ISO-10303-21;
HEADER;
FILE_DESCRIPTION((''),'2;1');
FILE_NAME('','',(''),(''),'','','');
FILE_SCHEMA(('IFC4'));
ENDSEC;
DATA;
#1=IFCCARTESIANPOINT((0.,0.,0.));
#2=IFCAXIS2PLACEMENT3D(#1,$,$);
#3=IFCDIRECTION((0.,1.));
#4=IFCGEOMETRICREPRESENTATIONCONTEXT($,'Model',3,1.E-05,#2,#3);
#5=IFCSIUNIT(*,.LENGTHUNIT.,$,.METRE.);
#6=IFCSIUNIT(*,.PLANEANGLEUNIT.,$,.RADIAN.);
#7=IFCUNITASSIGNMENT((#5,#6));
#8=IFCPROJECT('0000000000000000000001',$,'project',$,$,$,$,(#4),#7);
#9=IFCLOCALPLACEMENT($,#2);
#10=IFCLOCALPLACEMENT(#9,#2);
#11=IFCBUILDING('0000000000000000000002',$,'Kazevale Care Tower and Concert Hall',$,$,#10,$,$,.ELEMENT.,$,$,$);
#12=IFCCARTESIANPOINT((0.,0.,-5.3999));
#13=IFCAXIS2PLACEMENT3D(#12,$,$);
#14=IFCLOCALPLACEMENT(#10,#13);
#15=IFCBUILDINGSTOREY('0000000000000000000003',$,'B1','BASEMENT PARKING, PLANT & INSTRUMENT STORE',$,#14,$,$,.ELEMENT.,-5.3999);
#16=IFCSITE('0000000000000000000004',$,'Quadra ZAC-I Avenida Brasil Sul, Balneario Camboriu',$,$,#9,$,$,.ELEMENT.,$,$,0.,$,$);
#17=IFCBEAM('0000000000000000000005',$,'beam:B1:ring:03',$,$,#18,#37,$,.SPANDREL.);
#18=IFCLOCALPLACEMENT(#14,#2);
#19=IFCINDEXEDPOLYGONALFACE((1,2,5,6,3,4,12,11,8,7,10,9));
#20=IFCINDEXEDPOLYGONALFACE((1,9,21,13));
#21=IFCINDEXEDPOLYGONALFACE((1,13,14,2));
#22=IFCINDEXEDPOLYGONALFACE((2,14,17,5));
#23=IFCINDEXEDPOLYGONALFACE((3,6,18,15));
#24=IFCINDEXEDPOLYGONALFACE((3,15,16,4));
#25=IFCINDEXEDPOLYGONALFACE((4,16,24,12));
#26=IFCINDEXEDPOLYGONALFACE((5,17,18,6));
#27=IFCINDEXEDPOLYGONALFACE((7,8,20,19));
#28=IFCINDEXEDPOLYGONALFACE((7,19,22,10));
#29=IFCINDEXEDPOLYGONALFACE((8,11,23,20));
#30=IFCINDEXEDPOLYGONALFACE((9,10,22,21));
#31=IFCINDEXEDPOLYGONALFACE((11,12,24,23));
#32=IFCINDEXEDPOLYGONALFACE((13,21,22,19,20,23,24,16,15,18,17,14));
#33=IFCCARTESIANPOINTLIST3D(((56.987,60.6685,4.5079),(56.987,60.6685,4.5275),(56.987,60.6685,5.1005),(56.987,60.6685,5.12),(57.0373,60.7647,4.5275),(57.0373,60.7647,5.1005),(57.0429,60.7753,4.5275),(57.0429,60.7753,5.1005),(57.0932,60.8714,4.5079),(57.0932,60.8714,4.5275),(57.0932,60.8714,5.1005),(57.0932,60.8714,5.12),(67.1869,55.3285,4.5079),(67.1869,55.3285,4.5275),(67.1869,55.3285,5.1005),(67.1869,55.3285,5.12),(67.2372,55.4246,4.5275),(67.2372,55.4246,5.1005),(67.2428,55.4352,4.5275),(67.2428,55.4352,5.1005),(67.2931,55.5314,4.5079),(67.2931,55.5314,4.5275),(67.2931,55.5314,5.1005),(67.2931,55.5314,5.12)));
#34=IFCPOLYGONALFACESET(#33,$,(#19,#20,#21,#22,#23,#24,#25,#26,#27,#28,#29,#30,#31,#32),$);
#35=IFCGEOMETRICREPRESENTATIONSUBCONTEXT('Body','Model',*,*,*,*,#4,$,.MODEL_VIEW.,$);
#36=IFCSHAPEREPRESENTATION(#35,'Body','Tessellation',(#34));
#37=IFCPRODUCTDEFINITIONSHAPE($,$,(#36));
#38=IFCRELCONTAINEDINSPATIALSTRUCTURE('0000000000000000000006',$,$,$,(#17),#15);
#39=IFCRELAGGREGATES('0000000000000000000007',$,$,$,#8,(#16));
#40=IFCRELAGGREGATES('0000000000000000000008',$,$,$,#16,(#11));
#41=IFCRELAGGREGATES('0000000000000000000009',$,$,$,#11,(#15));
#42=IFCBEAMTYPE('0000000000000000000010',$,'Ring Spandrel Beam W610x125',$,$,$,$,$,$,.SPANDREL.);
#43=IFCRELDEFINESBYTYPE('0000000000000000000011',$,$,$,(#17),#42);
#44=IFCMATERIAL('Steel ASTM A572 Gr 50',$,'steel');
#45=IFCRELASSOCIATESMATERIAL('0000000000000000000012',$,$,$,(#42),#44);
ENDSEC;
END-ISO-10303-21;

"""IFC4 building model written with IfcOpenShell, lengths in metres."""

from ifc_helpers import new_model, si_unit, direction, frame, origin, origin_2d, place, context, subcontext, project, spatial, i_section, extrude, material, material_profile, profile_set, type_object, element, save


model = new_model("IFC4")

# Units and contexts
model_context = context("Model", 3, precision=1e-05, world=origin(), true_north=direction((0.0, 1.0)))
body_context = subcontext(model_context, "Body", "Model", "MODEL_VIEW")
ifc_project = project(units=[si_unit("LENGTHUNIT", "METRE"), si_unit("PLANEANGLEUNIT", "RADIAN")], contexts=[model_context])

# Site, building, storey
site_placement = place(None, origin())
site = spatial("IfcSite", under=ifc_project, at=site_placement, Name="Quadra ZAC-I Avenida Brasil Sul, Balneario Camboriu", CompositionType="ELEMENT", RefElevation=0.0)
building_placement = place(site_placement, origin())
building = spatial("IfcBuilding", under=site, at=building_placement, Name="Kazevale Care Tower and Concert Hall", CompositionType="ELEMENT")
storey_placement = place(building_placement, frame((0.0, 0.0, -5.3999)))
storey = spatial("IfcBuildingStorey", under=building, at=storey_placement, Name="B1", Description="BASEMENT PARKING, PLANT & INSTRUMENT STORE", CompositionType="ELEMENT", Elevation=-5.3999)

# Beam
ifc_material_1 = material(Name="Steel ASTM A572 Gr 50", Category="steel")
ifc_material_profile_1 = material_profile(ifc_material_1, i_section(OverallWidth=0.229, OverallDepth=0.6121, WebThickness=0.012, FlangeThickness=0.0195, at=origin_2d()), Name="W610x125")
ifc_profile_set_1 = profile_set([ifc_material_profile_1], Name="Steel ASTM A572 Gr 50")
beam_type_1 = type_object("IfcBeamType", Name="Ring Spandrel Beam W610x125", PredefinedType="SPANDREL", material=ifc_profile_set_1)
beam_1_placement = place(storey_placement, frame((67.24, 55.4299, 4.814), z_axis=(-0.885929, 0.46382, 0.0), x_axis=(-0.46382, -0.885929, 0.0)))
element("IfcBeam", 1, at=beam_1_placement, inside=storey, type_object=beam_type_1, Name="beam:B1:ring:03", PredefinedType="SPANDREL", context=body_context, shape_type="SweptSolid", body=[
    extrude(i_section(OverallWidth=0.229, OverallDepth=0.6121, WebThickness=0.012, FlangeThickness=0.0195, at=origin_2d()), origin(), (0.0, 0.0, 1.0), 11.5132),
])

save(model, "model.ifc")
